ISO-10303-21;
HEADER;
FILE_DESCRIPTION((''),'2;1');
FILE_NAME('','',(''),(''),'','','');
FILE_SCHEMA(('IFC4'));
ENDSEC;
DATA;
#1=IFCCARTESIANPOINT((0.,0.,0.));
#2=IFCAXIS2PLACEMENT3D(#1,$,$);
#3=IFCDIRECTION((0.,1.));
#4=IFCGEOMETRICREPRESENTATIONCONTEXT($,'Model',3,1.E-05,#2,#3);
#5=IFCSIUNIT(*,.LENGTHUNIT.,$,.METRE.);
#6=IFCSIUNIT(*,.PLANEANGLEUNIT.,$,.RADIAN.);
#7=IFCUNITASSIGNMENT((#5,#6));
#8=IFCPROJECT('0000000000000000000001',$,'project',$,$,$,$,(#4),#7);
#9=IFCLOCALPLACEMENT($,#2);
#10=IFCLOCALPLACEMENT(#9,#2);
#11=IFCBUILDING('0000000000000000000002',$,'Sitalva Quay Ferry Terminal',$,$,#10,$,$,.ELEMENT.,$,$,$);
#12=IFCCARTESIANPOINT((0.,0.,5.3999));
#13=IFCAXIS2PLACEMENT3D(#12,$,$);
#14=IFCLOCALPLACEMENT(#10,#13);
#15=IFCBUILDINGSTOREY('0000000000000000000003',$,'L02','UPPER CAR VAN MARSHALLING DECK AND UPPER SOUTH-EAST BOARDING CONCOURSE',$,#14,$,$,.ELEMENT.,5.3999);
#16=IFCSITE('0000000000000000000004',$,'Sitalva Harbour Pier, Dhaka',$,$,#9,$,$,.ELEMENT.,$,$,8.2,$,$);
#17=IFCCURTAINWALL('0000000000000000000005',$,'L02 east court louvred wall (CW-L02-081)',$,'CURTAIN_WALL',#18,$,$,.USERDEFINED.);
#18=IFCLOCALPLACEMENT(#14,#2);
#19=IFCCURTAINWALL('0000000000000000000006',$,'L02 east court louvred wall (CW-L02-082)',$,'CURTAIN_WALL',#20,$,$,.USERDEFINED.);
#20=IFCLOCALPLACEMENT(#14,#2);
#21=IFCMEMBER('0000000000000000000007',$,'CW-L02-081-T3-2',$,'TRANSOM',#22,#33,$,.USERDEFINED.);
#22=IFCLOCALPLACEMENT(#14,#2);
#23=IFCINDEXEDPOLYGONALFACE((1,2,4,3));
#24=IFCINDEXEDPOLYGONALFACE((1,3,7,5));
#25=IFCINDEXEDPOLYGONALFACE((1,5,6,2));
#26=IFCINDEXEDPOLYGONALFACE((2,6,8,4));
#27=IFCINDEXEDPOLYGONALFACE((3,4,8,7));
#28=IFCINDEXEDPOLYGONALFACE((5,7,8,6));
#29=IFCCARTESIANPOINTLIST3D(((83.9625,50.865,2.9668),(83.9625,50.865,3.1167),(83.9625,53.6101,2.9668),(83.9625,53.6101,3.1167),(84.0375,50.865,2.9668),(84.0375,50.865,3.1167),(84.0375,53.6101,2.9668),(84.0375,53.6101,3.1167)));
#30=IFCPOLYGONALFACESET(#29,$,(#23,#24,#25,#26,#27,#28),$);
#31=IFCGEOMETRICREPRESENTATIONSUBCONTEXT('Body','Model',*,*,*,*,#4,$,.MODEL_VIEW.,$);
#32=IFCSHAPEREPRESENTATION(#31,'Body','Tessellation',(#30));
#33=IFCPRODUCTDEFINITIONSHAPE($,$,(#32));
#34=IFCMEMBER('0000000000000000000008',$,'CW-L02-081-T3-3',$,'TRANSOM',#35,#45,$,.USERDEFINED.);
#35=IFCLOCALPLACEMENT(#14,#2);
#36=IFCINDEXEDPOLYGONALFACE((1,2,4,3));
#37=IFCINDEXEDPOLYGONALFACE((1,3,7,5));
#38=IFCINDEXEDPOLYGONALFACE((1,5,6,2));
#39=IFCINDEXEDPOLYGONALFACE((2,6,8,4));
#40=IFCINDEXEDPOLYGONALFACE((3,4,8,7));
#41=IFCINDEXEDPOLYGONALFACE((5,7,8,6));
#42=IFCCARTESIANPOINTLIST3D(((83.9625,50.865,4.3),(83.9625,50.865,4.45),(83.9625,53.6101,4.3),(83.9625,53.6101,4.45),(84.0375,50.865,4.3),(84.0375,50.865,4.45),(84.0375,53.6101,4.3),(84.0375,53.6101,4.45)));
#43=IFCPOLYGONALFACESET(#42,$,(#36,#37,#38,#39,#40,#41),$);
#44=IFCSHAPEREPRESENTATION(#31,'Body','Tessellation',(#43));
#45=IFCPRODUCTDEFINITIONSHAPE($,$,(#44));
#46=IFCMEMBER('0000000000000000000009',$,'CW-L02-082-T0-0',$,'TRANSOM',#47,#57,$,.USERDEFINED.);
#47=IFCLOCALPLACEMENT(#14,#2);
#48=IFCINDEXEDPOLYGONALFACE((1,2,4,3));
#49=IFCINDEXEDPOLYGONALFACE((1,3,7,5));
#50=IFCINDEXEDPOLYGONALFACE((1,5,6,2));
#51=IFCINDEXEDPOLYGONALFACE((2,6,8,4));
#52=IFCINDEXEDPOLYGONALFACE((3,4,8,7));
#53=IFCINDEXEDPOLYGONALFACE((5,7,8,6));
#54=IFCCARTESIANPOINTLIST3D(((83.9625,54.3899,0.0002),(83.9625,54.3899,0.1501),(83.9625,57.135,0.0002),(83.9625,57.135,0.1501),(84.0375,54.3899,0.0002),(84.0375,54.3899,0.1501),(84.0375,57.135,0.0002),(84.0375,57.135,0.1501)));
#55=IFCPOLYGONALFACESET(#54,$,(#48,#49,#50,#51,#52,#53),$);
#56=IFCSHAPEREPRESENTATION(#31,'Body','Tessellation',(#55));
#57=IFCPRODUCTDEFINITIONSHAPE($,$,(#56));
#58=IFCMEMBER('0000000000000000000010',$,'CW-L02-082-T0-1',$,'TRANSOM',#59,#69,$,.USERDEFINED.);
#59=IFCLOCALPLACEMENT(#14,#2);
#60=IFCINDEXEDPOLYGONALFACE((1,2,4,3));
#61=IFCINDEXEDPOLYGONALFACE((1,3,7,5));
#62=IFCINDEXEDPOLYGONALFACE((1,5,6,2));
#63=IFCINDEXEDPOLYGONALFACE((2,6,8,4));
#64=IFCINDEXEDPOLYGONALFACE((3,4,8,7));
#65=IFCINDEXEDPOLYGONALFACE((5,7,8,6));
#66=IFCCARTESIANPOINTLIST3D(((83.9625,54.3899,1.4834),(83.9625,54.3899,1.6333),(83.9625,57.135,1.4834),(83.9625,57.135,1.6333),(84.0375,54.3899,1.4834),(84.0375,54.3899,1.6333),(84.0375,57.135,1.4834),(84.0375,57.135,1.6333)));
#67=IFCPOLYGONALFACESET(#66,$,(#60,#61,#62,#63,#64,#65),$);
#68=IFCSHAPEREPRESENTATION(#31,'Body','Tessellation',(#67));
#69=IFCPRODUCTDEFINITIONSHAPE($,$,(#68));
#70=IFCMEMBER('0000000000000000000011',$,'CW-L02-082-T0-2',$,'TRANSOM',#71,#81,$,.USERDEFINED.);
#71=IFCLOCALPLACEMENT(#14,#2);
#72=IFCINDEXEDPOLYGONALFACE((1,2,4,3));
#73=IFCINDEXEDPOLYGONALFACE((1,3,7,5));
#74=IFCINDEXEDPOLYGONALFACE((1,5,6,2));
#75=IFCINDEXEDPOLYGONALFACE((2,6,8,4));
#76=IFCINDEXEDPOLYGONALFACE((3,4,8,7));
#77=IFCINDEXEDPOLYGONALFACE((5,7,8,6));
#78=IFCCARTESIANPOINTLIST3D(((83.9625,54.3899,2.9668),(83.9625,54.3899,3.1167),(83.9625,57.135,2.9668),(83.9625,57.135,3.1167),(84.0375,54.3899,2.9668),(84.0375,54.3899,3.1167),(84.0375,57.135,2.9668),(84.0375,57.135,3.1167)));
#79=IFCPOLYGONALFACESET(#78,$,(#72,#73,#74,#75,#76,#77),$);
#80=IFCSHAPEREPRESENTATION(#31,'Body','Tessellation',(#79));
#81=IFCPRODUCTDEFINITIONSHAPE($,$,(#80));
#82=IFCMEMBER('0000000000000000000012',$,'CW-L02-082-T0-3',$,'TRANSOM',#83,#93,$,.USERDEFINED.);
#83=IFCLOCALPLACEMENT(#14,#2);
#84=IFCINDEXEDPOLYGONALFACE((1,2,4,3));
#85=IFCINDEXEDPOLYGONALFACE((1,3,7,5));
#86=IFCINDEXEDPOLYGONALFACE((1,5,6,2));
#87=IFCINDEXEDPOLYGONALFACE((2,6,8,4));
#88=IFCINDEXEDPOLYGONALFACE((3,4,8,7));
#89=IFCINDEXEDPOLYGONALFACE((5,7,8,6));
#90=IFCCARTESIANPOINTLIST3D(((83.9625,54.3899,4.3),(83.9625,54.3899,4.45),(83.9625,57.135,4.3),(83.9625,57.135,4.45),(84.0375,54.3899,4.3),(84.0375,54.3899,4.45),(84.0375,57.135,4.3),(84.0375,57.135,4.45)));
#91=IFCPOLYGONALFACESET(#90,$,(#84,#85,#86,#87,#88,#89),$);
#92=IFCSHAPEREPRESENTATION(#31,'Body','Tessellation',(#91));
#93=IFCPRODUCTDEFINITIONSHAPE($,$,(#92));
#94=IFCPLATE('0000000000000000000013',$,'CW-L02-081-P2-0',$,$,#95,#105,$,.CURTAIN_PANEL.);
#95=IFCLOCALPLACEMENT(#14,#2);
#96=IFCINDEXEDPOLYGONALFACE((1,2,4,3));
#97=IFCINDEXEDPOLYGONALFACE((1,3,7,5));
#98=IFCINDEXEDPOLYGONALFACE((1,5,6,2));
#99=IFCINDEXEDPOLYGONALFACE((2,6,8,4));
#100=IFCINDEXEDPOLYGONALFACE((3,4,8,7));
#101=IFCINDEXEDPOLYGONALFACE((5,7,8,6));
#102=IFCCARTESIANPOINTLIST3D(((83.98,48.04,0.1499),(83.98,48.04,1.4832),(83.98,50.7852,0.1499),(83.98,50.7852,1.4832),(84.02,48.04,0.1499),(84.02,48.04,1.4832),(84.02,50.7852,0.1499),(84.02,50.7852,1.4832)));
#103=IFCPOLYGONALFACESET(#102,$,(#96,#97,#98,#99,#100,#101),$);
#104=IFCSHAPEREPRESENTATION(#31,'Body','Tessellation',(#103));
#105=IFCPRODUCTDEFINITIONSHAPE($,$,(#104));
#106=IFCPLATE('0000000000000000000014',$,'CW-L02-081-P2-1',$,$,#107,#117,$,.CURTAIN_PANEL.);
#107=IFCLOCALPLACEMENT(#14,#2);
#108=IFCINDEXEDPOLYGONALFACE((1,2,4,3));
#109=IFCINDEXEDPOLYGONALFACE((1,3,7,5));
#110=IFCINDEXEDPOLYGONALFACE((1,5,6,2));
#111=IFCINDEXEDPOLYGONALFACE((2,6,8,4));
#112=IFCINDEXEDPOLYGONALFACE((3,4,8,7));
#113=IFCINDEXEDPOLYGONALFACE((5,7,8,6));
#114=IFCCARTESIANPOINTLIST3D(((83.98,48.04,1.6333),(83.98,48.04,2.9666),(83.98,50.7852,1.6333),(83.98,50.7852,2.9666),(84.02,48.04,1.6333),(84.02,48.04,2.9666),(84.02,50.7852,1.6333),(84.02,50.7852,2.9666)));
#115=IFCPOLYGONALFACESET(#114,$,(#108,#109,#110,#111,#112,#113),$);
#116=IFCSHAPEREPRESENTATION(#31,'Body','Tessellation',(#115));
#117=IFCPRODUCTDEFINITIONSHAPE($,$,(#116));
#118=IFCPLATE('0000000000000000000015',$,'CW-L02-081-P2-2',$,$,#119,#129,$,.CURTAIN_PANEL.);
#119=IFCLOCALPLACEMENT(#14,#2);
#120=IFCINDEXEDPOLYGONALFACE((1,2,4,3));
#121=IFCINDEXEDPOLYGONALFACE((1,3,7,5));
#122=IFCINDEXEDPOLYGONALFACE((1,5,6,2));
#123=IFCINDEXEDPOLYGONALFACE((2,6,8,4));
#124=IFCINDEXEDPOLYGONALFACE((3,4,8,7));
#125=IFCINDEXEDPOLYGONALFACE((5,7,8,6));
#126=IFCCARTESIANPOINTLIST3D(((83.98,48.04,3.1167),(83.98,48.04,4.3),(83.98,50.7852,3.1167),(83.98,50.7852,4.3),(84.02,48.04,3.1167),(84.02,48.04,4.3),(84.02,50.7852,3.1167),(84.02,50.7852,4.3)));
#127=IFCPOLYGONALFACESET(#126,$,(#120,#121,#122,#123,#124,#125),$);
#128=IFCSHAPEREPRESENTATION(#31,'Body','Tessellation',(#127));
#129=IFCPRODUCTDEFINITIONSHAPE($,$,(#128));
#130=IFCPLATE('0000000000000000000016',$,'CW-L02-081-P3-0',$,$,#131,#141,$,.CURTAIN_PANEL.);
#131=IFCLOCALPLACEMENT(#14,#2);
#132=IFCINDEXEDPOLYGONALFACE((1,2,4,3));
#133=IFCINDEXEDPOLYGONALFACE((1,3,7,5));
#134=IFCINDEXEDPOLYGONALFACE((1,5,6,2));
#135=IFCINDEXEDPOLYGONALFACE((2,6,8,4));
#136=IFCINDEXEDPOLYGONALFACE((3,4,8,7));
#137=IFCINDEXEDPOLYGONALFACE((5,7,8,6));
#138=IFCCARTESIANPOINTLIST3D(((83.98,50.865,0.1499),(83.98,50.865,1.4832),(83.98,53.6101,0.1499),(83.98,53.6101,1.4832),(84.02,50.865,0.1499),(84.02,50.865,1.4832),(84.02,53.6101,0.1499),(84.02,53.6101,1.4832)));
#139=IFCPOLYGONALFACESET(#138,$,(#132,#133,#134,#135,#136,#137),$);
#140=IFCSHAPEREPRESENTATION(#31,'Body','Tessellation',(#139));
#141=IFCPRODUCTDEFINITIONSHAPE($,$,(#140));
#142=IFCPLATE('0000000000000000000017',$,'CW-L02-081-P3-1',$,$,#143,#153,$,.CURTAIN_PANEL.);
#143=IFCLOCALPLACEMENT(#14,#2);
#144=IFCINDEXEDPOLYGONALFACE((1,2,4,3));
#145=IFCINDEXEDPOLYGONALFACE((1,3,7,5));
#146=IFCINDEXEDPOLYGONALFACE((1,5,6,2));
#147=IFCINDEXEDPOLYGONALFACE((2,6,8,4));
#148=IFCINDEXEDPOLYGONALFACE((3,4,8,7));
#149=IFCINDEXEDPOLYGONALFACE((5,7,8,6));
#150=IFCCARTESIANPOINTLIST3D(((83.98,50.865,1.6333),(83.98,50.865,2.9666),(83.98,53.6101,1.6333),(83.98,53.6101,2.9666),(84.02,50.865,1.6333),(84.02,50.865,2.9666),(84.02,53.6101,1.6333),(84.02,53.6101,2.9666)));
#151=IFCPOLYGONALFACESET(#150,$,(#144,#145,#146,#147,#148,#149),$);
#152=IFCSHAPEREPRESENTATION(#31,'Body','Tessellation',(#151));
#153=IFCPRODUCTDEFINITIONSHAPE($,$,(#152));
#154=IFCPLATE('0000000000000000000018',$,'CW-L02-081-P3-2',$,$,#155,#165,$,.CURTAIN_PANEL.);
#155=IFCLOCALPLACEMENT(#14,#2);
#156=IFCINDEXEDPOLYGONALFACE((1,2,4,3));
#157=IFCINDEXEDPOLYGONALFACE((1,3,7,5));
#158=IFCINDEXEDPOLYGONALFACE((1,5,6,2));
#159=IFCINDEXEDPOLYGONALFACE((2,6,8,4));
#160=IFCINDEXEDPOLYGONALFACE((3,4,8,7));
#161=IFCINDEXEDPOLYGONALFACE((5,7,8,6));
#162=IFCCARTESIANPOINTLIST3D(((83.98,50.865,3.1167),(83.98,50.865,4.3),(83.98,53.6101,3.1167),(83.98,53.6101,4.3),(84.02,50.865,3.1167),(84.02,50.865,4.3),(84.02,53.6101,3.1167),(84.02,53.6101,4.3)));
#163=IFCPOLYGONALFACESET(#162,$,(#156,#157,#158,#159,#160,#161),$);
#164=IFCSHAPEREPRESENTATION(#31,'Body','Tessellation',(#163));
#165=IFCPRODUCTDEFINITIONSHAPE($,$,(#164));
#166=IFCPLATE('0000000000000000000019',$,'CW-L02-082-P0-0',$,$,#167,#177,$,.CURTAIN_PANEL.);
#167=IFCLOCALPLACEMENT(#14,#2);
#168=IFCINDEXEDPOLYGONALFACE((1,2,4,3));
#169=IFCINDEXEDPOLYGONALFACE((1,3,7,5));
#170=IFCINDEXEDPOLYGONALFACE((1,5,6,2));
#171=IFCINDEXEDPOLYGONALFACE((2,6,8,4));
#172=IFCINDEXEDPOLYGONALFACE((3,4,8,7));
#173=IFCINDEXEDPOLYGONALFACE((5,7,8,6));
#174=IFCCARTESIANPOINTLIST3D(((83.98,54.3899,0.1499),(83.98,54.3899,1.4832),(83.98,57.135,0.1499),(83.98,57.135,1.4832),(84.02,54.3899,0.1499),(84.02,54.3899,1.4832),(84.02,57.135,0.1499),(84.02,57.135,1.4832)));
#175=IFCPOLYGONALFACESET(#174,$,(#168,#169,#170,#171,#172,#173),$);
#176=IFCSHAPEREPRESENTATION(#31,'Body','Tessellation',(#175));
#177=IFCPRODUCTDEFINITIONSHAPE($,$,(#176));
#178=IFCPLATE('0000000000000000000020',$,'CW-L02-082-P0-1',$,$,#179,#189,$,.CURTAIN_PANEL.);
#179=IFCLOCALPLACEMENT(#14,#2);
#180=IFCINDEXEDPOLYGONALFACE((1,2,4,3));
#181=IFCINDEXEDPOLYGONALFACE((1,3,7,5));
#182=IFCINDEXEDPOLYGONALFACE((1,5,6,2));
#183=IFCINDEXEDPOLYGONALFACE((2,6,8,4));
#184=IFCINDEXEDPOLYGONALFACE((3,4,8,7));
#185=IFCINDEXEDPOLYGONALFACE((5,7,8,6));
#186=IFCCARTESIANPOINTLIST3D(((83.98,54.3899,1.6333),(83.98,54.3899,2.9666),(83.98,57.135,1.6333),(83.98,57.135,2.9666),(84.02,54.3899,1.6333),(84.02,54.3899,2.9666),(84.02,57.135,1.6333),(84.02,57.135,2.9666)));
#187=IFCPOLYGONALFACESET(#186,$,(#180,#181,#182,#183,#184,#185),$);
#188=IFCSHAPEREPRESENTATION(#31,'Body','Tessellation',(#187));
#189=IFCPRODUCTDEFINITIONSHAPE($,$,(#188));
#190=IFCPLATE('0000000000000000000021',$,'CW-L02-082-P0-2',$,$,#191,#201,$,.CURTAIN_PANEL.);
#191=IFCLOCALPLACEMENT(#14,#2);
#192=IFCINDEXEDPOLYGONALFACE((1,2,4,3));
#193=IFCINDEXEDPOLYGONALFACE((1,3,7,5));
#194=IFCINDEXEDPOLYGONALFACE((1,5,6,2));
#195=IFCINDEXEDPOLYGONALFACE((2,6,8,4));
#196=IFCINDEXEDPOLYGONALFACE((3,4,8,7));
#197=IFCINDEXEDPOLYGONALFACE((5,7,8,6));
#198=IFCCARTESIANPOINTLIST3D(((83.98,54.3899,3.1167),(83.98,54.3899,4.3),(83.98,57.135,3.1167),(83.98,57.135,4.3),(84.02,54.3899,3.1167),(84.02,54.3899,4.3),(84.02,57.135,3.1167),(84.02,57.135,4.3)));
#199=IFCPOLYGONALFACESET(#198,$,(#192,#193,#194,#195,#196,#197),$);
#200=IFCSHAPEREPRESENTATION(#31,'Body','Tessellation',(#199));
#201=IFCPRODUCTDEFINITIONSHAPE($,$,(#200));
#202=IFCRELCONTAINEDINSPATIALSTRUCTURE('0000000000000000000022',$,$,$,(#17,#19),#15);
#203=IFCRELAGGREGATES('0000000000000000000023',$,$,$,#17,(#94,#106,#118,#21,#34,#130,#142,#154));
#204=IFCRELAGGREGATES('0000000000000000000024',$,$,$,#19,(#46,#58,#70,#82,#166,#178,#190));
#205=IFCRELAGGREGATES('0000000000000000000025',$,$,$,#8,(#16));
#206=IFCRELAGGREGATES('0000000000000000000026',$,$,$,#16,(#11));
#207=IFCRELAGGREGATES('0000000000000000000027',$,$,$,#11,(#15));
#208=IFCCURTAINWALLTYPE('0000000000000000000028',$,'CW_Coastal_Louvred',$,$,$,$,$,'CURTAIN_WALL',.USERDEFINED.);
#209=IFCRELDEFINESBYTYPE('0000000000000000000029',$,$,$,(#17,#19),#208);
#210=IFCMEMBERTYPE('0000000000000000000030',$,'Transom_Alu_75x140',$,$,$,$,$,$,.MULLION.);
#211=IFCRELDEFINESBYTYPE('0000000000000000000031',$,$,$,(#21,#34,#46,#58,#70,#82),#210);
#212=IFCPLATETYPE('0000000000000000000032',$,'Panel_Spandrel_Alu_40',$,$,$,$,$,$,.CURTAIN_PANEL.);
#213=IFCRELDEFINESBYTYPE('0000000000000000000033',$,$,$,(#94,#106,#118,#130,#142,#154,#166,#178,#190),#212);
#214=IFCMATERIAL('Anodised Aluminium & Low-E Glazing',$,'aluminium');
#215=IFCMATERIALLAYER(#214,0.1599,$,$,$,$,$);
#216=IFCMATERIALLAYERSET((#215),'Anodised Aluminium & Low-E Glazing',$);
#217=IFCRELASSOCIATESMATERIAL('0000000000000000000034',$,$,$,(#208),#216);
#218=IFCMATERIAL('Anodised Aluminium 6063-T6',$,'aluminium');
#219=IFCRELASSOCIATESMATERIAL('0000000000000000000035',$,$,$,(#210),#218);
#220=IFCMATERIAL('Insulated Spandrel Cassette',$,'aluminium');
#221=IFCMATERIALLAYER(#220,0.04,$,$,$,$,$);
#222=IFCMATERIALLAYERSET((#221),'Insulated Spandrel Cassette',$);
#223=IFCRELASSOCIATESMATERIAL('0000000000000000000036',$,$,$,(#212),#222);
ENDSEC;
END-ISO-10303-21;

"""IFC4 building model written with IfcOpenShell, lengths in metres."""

from ifc_helpers import new_model, si_unit, direction, frame, origin, origin_2d, place, context, subcontext, project, spatial, rectangle, extrude, material, layer, layer_set, material_profile, profile_set, type_object, element, aggregate, save


model = new_model("IFC4")

# Units and contexts
model_context = context("Model", 3, precision=1e-05, world=origin(), true_north=direction((0.0, 1.0)))
body_context = subcontext(model_context, "Body", "Model", "MODEL_VIEW")
ifc_project = project(units=[si_unit("LENGTHUNIT", "METRE"), si_unit("PLANEANGLEUNIT", "RADIAN")], contexts=[model_context])

# Site, building, storey
site_placement = place(None, origin())
site = spatial("IfcSite", under=ifc_project, at=site_placement, Name="Sitalva Harbour Pier, Dhaka", CompositionType="ELEMENT", RefElevation=8.2)
building_placement = place(site_placement, origin())
building = spatial("IfcBuilding", under=site, at=building_placement, Name="Sitalva Quay Ferry Terminal", CompositionType="ELEMENT")
storey_placement = place(building_placement, frame((0.0, 0.0, 5.3999)))
storey = spatial("IfcBuildingStorey", under=building, at=storey_placement, Name="L02", Description="UPPER CAR VAN MARSHALLING DECK AND UPPER SOUTH-EAST BOARDING CONCOURSE", CompositionType="ELEMENT", Elevation=5.3999)

# Curtain wall
ifc_material_1 = material(Name="Anodised Aluminium & Low-E Glazing", Category="aluminium")
ifc_layer_1 = layer(ifc_material_1, 0.1599)
ifc_layer_set_1 = layer_set([ifc_layer_1], Name="Anodised Aluminium & Low-E Glazing")
curtain_wall_type = type_object("IfcCurtainWallType", Name="CW_Coastal_Louvred", ElementType="CURTAIN_WALL", PredefinedType="USERDEFINED", material=ifc_layer_set_1)
curtain_wall_1_placement = place(storey_placement, origin())
curtain_wall_1 = element("IfcCurtainWall", 1, at=curtain_wall_1_placement, inside=storey, type_object=curtain_wall_type, Name="L02 east court louvred wall (CW-L02-081)", ObjectType="CURTAIN_WALL", PredefinedType="USERDEFINED")

# Curtain wall
curtain_wall_2_placement = place(storey_placement, origin())
curtain_wall_2 = element("IfcCurtainWall", 2, at=curtain_wall_2_placement, inside=storey, type_object=curtain_wall_type, Name="L02 east court louvred wall (CW-L02-082)", ObjectType="CURTAIN_WALL", PredefinedType="USERDEFINED")

# Members
ifc_material_2 = material(Name="Anodised Aluminium 6063-T6", Category="aluminium")
ifc_material_profile_1 = material_profile(ifc_material_2, rectangle(XDim=0.075, YDim=0.1499, at=origin_2d()), Name="ALU75x150")
ifc_profile_set_1 = profile_set([ifc_material_profile_1], Name="Anodised Aluminium 6063-T6")
member_type_1 = type_object("IfcMemberType", Name="Transom_Alu_75x140", PredefinedType="MULLION", material=ifc_profile_set_1)
member_1_placement = place(storey_placement, frame((84.0, 50.865, 3.0417), z_axis=(0.0, 1.0, 0.0), x_axis=(-1.0, 0.0, 0.0)))
member_1 = element("IfcMember", 3, at=member_1_placement, type_object=member_type_1, Name="CW-L02-081-T3-2", ObjectType="TRANSOM", PredefinedType="USERDEFINED", context=body_context, shape_type="SweptSolid", body=[
    extrude(rectangle(XDim=0.075, YDim=0.1499, at=origin_2d()), origin(), (0.0, 0.0, 1.0), 2.7451),
])
member_2_placement = place(storey_placement, frame((84.0, 50.865, 4.375), z_axis=(0.0, 1.0, 0.0), x_axis=(-1.0, 0.0, 0.0)))
member_2 = element("IfcMember", 4, at=member_2_placement, type_object=member_type_1, Name="CW-L02-081-T3-3", ObjectType="TRANSOM", PredefinedType="USERDEFINED", context=body_context, shape_type="SweptSolid", body=[
    extrude(rectangle(XDim=0.075, YDim=0.1499, at=origin_2d()), origin(), (0.0, 0.0, 1.0), 2.7451),
])
member_3_placement = place(storey_placement, frame((84.0, 54.3899, 0.0752), z_axis=(0.0, 1.0, 0.0), x_axis=(-1.0, 0.0, 0.0)))
member_3 = element("IfcMember", 5, at=member_3_placement, type_object=member_type_1, Name="CW-L02-082-T0-0", ObjectType="TRANSOM", PredefinedType="USERDEFINED", context=body_context, shape_type="SweptSolid", body=[
    extrude(rectangle(XDim=0.075, YDim=0.1499, at=origin_2d()), origin(), (0.0, 0.0, 1.0), 2.7451),
])
member_4_placement = place(storey_placement, frame((84.0, 54.3899, 1.5583), z_axis=(0.0, 1.0, 0.0), x_axis=(-1.0, 0.0, 0.0)))
member_4 = element("IfcMember", 6, at=member_4_placement, type_object=member_type_1, Name="CW-L02-082-T0-1", ObjectType="TRANSOM", PredefinedType="USERDEFINED", context=body_context, shape_type="SweptSolid", body=[
    extrude(rectangle(XDim=0.075, YDim=0.1499, at=origin_2d()), origin(), (0.0, 0.0, 1.0), 2.7451),
])
member_5_placement = place(storey_placement, frame((84.0, 54.3899, 3.0417), z_axis=(0.0, 1.0, 0.0), x_axis=(-1.0, 0.0, 0.0)))
member_5 = element("IfcMember", 7, at=member_5_placement, type_object=member_type_1, Name="CW-L02-082-T0-2", ObjectType="TRANSOM", PredefinedType="USERDEFINED", context=body_context, shape_type="SweptSolid", body=[
    extrude(rectangle(XDim=0.075, YDim=0.1499, at=origin_2d()), origin(), (0.0, 0.0, 1.0), 2.7451),
])
member_6_placement = place(storey_placement, frame((84.0, 54.3899, 4.375), z_axis=(0.0, 1.0, 0.0), x_axis=(-1.0, 0.0, 0.0)))
member_6 = element("IfcMember", 8, at=member_6_placement, type_object=member_type_1, Name="CW-L02-082-T0-3", ObjectType="TRANSOM", PredefinedType="USERDEFINED", context=body_context, shape_type="SweptSolid", body=[
    extrude(rectangle(XDim=0.075, YDim=0.1499, at=origin_2d()), origin(), (0.0, 0.0, 1.0), 2.7451),
])

# Plates
ifc_material_3 = material(Name="Insulated Spandrel Cassette", Category="aluminium")
ifc_layer_2 = layer(ifc_material_3, 0.04)
ifc_layer_set_2 = layer_set([ifc_layer_2], Name="Insulated Spandrel Cassette")
plate_type = type_object("IfcPlateType", Name="Panel_Spandrel_Alu_40", PredefinedType="CURTAIN_PANEL", material=ifc_layer_set_2)
plate_1_placement = place(storey_placement, frame((84.0, 49.4126, 0.1499), z_axis=(0.0, 0.0, 1.0), x_axis=(0.0, 1.0, 0.0)))
plate_1 = element("IfcPlate", 9, at=plate_1_placement, type_object=plate_type, Name="CW-L02-081-P2-0", PredefinedType="CURTAIN_PANEL", context=body_context, shape_type="SweptSolid", body=[
    extrude(rectangle(XDim=2.7451, YDim=0.04, at=origin_2d()), origin(), (0.0, 0.0, 1.0), 1.3333),
])
plate_2_placement = place(storey_placement, frame((84.0, 49.4126, 1.6333), z_axis=(0.0, 0.0, 1.0), x_axis=(0.0, 1.0, 0.0)))
plate_2 = element("IfcPlate", 10, at=plate_2_placement, type_object=plate_type, Name="CW-L02-081-P2-1", PredefinedType="CURTAIN_PANEL", context=body_context, shape_type="SweptSolid", body=[
    extrude(rectangle(XDim=2.7451, YDim=0.04, at=origin_2d()), origin(), (0.0, 0.0, 1.0), 1.3333),
])
plate_3_placement = place(storey_placement, frame((84.0, 49.4126, 3.1167), z_axis=(0.0, 0.0, 1.0), x_axis=(0.0, 1.0, 0.0)))
plate_3 = element("IfcPlate", 11, at=plate_3_placement, type_object=plate_type, Name="CW-L02-081-P2-2", PredefinedType="CURTAIN_PANEL", context=body_context, shape_type="SweptSolid", body=[
    extrude(rectangle(XDim=2.7451, YDim=0.04, at=origin_2d()), origin(), (0.0, 0.0, 1.0), 1.1833),
])
plate_4_placement = place(storey_placement, frame((84.0, 52.2375, 0.1499), z_axis=(0.0, 0.0, 1.0), x_axis=(0.0, 1.0, 0.0)))
plate_4 = element("IfcPlate", 12, at=plate_4_placement, type_object=plate_type, Name="CW-L02-081-P3-0", PredefinedType="CURTAIN_PANEL", context=body_context, shape_type="SweptSolid", body=[
    extrude(rectangle(XDim=2.7451, YDim=0.04, at=origin_2d()), origin(), (0.0, 0.0, 1.0), 1.3333),
])
plate_5_placement = place(storey_placement, frame((84.0, 52.2375, 1.6333), z_axis=(0.0, 0.0, 1.0), x_axis=(0.0, 1.0, 0.0)))
plate_5 = element("IfcPlate", 13, at=plate_5_placement, type_object=plate_type, Name="CW-L02-081-P3-1", PredefinedType="CURTAIN_PANEL", context=body_context, shape_type="SweptSolid", body=[
    extrude(rectangle(XDim=2.7451, YDim=0.04, at=origin_2d()), origin(), (0.0, 0.0, 1.0), 1.3333),
])
plate_6_placement = place(storey_placement, frame((84.0, 52.2375, 3.1167), z_axis=(0.0, 0.0, 1.0), x_axis=(0.0, 1.0, 0.0)))
plate_6 = element("IfcPlate", 14, at=plate_6_placement, type_object=plate_type, Name="CW-L02-081-P3-2", PredefinedType="CURTAIN_PANEL", context=body_context, shape_type="SweptSolid", body=[
    extrude(rectangle(XDim=2.7451, YDim=0.04, at=origin_2d()), origin(), (0.0, 0.0, 1.0), 1.1833),
])
aggregate(curtain_wall_1, [plate_1, plate_2, plate_3, member_1, member_2, plate_4, plate_5, plate_6])
plate_7_placement = place(storey_placement, frame((84.0, 55.7625, 0.1499), z_axis=(0.0, 0.0, 1.0), x_axis=(0.0, 1.0, 0.0)))
plate_7 = element("IfcPlate", 15, at=plate_7_placement, type_object=plate_type, Name="CW-L02-082-P0-0", PredefinedType="CURTAIN_PANEL", context=body_context, shape_type="SweptSolid", body=[
    extrude(rectangle(XDim=2.7451, YDim=0.04, at=origin_2d()), origin(), (0.0, 0.0, 1.0), 1.3333),
])
plate_8_placement = place(storey_placement, frame((84.0, 55.7625, 1.6333), z_axis=(0.0, 0.0, 1.0), x_axis=(0.0, 1.0, 0.0)))
plate_8 = element("IfcPlate", 16, at=plate_8_placement, type_object=plate_type, Name="CW-L02-082-P0-1", PredefinedType="CURTAIN_PANEL", context=body_context, shape_type="SweptSolid", body=[
    extrude(rectangle(XDim=2.7451, YDim=0.04, at=origin_2d()), origin(), (0.0, 0.0, 1.0), 1.3333),
])
plate_9_placement = place(storey_placement, frame((84.0, 55.7625, 3.1167), z_axis=(0.0, 0.0, 1.0), x_axis=(0.0, 1.0, 0.0)))
plate_9 = element("IfcPlate", 17, at=plate_9_placement, type_object=plate_type, Name="CW-L02-082-P0-2", PredefinedType="CURTAIN_PANEL", context=body_context, shape_type="SweptSolid", body=[
    extrude(rectangle(XDim=2.7451, YDim=0.04, at=origin_2d()), origin(), (0.0, 0.0, 1.0), 1.1833),
])
aggregate(curtain_wall_2, [member_3, member_4, member_5, member_6, plate_7, plate_8, plate_9])

save(model, "model.ifc")
